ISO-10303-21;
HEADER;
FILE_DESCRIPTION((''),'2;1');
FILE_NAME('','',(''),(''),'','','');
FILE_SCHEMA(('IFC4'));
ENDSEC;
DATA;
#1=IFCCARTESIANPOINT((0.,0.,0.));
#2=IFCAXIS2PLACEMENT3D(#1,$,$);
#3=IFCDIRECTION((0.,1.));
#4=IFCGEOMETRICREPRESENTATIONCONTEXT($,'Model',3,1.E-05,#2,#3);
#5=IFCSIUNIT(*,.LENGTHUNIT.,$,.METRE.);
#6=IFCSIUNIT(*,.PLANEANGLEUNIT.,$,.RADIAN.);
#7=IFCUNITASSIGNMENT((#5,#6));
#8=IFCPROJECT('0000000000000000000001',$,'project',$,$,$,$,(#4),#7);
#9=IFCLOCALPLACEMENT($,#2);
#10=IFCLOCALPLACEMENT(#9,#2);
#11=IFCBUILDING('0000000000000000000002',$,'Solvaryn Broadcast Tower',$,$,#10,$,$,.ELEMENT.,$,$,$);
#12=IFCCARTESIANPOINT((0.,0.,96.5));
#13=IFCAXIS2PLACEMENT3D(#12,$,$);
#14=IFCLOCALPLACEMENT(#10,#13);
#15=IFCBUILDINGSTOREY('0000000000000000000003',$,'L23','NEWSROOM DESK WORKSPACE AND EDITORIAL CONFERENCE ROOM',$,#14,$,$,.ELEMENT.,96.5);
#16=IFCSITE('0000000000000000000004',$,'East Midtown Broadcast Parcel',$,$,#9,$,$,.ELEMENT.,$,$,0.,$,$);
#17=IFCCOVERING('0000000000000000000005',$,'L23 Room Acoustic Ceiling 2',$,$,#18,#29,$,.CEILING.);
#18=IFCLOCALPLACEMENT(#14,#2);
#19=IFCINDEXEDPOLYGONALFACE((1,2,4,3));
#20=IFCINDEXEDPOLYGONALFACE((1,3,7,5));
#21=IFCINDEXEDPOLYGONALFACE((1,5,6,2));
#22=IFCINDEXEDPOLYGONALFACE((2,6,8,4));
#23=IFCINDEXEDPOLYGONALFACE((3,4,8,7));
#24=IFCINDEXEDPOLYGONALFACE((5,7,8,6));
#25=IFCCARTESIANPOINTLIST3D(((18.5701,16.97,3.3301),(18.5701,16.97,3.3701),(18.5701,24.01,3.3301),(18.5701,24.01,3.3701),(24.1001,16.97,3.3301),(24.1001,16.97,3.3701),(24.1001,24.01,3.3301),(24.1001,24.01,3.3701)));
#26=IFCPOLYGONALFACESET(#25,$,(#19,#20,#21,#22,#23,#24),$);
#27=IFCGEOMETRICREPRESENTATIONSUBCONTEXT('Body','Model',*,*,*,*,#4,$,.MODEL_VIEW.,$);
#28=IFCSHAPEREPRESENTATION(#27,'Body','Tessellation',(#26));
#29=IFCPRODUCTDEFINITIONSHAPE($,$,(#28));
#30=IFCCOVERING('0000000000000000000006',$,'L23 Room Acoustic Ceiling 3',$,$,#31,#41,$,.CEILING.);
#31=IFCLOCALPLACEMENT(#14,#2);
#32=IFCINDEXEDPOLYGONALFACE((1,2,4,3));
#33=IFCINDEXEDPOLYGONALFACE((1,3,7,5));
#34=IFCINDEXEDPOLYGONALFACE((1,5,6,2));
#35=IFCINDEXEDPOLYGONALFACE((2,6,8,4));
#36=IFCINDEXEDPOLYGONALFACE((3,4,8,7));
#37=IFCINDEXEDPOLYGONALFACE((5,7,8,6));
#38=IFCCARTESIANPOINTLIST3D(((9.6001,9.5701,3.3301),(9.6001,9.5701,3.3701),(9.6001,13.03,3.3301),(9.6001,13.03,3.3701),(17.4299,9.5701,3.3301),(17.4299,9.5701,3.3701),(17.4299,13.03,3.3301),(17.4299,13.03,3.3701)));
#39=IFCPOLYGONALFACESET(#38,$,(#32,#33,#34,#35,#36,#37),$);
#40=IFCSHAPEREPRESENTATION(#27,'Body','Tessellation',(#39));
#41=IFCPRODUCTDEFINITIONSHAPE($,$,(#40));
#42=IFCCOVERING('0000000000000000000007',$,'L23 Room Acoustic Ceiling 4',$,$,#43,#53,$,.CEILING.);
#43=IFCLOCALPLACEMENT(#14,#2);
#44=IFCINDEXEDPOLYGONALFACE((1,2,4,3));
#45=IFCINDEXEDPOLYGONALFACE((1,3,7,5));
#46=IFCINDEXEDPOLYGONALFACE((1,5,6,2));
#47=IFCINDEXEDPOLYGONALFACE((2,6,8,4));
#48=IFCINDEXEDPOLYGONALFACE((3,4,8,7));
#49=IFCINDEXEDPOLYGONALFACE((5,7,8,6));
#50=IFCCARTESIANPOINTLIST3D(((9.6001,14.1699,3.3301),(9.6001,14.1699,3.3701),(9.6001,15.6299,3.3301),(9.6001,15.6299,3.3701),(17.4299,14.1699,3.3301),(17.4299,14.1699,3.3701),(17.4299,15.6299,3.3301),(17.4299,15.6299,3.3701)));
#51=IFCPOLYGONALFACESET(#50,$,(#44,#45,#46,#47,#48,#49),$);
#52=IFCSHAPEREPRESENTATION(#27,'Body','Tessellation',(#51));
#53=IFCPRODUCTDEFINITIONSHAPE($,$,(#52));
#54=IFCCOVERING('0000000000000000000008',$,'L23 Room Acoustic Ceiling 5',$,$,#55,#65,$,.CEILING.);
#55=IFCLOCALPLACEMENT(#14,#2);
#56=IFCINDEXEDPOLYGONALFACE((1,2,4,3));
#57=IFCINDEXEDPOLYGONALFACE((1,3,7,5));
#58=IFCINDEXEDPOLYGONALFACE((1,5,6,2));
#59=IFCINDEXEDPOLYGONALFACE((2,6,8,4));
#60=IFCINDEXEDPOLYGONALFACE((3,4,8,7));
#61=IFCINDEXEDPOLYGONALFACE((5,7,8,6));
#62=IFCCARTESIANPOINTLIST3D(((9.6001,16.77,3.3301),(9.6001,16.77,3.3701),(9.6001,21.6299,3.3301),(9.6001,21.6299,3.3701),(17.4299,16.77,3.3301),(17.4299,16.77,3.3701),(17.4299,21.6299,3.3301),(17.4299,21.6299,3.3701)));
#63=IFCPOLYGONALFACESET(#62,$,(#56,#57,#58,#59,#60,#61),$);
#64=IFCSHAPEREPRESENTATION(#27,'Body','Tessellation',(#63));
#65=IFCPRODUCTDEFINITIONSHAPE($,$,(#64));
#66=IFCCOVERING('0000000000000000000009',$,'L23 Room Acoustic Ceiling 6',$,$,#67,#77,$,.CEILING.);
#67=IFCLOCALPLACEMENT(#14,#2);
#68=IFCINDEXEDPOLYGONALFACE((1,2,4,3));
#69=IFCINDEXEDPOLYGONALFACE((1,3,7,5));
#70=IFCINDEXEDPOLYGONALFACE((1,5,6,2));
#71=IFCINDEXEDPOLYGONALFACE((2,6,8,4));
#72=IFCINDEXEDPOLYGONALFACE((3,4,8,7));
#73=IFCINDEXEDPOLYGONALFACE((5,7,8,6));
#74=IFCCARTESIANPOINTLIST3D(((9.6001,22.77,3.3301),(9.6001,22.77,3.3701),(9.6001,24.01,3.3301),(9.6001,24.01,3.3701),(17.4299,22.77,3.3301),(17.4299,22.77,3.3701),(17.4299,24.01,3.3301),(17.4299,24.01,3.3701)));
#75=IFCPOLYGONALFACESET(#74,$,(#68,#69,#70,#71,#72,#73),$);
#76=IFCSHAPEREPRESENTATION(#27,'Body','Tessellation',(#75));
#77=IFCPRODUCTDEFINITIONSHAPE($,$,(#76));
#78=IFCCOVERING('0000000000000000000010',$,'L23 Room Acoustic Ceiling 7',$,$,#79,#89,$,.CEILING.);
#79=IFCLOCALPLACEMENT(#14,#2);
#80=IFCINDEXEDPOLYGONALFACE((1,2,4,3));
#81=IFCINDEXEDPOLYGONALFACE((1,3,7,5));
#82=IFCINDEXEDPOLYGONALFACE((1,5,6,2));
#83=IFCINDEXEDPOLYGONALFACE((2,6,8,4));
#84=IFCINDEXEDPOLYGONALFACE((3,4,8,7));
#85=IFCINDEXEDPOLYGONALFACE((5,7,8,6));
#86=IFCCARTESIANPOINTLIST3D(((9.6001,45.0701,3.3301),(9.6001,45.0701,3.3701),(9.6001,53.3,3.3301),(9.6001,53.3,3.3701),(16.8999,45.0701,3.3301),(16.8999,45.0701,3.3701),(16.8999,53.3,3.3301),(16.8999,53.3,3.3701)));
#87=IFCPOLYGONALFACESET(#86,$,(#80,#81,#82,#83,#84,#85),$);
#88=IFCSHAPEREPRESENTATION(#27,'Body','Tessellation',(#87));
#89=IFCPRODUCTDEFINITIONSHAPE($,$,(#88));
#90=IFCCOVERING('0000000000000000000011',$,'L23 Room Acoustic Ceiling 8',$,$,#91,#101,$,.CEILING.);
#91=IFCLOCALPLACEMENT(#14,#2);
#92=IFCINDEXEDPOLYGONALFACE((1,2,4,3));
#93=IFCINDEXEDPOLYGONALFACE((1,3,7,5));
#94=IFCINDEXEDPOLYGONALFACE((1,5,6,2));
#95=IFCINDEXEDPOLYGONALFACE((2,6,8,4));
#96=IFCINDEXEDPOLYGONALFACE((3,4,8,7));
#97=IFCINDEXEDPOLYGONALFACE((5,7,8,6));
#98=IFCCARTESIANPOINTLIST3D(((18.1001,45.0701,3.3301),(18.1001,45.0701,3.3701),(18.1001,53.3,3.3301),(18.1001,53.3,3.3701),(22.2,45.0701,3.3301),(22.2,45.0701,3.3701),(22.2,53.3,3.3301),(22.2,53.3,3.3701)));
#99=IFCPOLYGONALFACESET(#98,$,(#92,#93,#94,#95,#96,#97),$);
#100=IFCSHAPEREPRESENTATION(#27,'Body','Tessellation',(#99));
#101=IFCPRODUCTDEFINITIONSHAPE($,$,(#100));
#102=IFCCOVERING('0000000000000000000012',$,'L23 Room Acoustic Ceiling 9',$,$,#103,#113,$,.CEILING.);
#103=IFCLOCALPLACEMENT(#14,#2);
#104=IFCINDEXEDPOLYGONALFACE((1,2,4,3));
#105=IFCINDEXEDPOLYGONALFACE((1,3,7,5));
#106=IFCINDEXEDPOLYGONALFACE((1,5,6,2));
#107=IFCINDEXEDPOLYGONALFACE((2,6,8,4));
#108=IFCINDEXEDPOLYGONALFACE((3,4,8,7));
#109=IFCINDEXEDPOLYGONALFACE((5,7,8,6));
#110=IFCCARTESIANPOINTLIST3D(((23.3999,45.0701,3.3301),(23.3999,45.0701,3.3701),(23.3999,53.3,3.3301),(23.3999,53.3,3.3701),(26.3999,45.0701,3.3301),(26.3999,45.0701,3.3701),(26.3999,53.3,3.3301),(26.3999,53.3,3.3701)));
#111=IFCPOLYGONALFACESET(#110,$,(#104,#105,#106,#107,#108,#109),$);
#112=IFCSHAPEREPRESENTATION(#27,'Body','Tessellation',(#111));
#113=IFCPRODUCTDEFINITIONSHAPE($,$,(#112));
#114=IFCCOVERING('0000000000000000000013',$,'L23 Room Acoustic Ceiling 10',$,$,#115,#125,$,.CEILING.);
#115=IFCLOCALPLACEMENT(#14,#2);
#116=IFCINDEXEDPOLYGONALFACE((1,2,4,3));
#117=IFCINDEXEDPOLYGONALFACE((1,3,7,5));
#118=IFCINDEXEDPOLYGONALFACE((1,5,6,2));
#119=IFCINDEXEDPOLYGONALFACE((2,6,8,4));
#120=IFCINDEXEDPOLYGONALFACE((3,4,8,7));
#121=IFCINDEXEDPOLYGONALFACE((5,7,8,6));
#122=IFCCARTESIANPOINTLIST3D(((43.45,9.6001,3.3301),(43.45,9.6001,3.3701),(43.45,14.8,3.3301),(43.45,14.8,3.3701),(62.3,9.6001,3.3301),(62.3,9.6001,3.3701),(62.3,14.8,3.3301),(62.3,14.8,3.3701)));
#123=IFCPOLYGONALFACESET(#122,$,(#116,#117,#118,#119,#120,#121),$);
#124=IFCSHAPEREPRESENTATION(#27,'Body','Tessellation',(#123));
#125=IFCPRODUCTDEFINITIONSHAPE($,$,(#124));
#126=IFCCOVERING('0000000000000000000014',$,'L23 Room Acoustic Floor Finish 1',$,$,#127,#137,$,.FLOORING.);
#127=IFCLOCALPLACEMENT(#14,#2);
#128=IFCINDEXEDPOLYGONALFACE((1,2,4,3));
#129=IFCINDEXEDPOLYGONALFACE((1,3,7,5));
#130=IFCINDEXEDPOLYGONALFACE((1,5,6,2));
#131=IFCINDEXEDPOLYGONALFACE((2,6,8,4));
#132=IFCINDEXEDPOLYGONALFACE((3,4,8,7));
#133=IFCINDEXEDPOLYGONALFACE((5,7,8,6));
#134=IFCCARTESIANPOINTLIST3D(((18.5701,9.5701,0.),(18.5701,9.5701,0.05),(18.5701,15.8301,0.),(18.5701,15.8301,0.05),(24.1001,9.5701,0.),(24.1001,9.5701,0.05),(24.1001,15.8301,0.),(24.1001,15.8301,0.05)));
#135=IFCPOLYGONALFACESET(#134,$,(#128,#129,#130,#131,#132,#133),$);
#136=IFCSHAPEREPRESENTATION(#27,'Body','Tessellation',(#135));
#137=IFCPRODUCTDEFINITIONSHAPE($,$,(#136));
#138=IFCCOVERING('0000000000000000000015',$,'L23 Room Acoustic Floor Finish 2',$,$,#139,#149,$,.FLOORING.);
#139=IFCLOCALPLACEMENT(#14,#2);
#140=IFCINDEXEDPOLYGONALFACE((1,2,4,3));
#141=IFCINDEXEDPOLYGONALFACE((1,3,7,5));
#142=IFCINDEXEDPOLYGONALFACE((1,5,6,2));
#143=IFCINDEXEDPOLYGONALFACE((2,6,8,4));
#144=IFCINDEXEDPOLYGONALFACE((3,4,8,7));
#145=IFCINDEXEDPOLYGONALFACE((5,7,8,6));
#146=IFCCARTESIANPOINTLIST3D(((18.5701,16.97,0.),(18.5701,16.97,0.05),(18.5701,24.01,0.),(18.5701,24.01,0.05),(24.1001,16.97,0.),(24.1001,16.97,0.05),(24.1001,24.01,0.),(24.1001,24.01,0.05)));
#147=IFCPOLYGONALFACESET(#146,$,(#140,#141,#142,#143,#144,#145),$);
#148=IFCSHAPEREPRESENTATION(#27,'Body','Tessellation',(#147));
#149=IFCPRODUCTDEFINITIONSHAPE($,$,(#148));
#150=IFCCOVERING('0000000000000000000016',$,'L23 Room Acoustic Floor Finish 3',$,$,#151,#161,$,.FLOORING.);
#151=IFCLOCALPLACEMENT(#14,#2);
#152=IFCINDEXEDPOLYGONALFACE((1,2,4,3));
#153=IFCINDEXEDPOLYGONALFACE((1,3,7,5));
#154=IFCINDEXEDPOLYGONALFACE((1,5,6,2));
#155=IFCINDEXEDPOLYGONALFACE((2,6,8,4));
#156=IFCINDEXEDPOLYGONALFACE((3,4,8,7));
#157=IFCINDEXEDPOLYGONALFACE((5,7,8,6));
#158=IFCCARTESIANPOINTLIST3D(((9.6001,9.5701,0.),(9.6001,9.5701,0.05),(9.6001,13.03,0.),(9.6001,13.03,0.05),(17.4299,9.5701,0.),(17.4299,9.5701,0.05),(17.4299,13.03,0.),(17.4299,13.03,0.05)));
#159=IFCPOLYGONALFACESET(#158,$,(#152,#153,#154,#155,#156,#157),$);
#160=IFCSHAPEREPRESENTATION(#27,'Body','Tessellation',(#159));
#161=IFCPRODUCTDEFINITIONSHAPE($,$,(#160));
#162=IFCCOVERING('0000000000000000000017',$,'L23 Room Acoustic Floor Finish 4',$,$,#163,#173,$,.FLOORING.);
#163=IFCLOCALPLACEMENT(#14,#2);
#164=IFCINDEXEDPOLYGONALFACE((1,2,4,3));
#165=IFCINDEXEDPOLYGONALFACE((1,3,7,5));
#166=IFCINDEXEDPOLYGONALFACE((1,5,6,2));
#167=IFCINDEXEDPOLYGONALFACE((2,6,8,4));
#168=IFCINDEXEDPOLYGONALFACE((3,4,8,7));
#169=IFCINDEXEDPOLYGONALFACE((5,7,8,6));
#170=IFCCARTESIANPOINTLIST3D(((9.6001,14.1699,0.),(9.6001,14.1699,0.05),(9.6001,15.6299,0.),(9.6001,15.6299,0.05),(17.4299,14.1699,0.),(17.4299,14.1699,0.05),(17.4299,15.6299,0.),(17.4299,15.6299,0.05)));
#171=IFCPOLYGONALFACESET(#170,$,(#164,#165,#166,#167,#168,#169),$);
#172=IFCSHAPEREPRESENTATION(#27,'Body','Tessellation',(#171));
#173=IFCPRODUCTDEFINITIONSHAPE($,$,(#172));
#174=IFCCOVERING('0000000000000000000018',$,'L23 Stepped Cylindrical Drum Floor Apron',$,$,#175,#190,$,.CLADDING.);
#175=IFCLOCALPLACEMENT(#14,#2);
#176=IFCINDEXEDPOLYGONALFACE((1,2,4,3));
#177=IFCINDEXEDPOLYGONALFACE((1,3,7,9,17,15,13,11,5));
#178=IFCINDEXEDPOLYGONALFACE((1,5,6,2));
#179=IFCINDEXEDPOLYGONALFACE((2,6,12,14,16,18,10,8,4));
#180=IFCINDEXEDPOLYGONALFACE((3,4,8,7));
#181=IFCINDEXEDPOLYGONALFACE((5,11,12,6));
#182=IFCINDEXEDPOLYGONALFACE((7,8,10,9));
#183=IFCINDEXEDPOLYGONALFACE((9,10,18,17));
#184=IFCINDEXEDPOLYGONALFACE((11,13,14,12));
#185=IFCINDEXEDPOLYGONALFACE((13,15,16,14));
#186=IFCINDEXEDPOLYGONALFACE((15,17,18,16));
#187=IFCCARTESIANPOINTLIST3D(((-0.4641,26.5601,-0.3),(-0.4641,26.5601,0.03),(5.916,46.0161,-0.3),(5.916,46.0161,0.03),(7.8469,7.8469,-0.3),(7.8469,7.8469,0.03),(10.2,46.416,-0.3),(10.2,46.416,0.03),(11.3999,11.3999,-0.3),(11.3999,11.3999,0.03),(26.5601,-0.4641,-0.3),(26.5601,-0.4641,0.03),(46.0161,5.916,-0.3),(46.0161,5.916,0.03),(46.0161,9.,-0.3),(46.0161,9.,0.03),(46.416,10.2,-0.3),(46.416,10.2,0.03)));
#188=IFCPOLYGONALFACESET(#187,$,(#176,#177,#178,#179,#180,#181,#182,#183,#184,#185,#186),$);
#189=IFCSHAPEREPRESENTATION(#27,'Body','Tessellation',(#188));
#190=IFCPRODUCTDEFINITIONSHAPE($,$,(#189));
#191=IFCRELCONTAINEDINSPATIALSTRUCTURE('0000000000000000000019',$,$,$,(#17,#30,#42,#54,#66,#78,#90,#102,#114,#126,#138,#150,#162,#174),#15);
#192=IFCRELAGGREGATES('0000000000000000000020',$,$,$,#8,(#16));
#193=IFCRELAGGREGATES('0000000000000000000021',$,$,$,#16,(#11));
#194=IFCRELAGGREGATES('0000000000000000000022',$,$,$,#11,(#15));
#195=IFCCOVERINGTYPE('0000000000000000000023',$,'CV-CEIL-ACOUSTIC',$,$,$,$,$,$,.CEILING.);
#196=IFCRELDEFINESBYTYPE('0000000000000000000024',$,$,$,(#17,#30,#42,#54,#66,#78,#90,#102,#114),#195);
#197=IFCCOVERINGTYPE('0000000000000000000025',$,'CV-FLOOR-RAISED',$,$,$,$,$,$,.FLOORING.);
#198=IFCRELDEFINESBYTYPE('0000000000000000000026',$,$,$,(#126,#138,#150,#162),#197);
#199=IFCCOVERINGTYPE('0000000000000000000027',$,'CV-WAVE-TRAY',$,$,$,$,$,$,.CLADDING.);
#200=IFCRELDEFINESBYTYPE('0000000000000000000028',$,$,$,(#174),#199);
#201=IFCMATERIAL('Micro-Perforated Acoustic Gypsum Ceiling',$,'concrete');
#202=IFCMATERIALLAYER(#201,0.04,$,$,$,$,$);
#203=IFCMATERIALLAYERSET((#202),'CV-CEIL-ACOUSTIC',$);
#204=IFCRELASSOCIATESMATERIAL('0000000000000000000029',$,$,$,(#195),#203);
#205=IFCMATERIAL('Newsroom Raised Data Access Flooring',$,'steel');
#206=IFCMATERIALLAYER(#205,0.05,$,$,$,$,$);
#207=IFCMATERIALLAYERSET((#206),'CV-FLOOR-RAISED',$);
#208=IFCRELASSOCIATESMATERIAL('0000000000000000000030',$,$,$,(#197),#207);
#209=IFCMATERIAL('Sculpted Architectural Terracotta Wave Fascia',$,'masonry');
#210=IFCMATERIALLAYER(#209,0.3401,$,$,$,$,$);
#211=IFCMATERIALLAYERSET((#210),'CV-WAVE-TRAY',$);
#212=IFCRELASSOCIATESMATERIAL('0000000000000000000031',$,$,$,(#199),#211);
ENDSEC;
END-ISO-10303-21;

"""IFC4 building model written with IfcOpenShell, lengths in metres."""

from ifc_helpers import new_model, si_unit, direction, frame, origin, place, context, subcontext, project, spatial, polyline, outline, extrude, material, layer, layer_set, type_object, element, save


model = new_model("IFC4")

# Units and contexts
model_context = context("Model", 3, precision=1e-05, world=origin(), true_north=direction((0.0, 1.0)))
body_context = subcontext(model_context, "Body", "Model", "MODEL_VIEW")
ifc_project = project(units=[si_unit("LENGTHUNIT", "METRE"), si_unit("PLANEANGLEUNIT", "RADIAN")], contexts=[model_context])

# Site, building, storey
site_placement = place(None, origin())
site = spatial("IfcSite", under=ifc_project, at=site_placement, Name="East Midtown Broadcast Parcel", CompositionType="ELEMENT", RefElevation=0.0)
building_placement = place(site_placement, origin())
building = spatial("IfcBuilding", under=site, at=building_placement, Name="Solvaryn Broadcast Tower", CompositionType="ELEMENT")
storey_placement = place(building_placement, frame((0.0, 0.0, 96.5)))
storey = spatial("IfcBuildingStorey", under=building, at=storey_placement, Name="L23", Description="NEWSROOM DESK WORKSPACE AND EDITORIAL CONFERENCE ROOM", CompositionType="ELEMENT", Elevation=96.5)

# Coverings
ifc_material_1 = material(Name="Micro-Perforated Acoustic Gypsum Ceiling", Category="concrete")
ifc_layer_1 = layer(ifc_material_1, 0.04)
ifc_layer_set_1 = layer_set([ifc_layer_1], Name="CV-CEIL-ACOUSTIC")
covering_type_1 = type_object("IfcCoveringType", Name="CV-CEIL-ACOUSTIC", PredefinedType="CEILING", material=ifc_layer_set_1)
covering_1_placement = place(storey_placement, frame((0.0, 0.0, 3.3301)))
element("IfcCovering", 1, at=covering_1_placement, inside=storey, type_object=covering_type_1, Name="L23 Room Acoustic Ceiling 2", PredefinedType="CEILING", context=body_context, shape_type="SweptSolid", body=[
    extrude(outline(polyline([(18.5701, 16.97), (24.1001, 16.97), (24.1001, 24.01), (18.5701, 24.01), (18.5701, 16.97)])), origin(), (0.0, 0.0, 1.0), 0.04),
])
covering_2_placement = place(storey_placement, frame((0.0, 0.0, 3.3301)))
element("IfcCovering", 2, at=covering_2_placement, inside=storey, type_object=covering_type_1, Name="L23 Room Acoustic Ceiling 3", PredefinedType="CEILING", context=body_context, shape_type="SweptSolid", body=[
    extrude(outline(polyline([(9.6001, 9.5701), (17.4299, 9.5701), (17.4299, 13.03), (9.6001, 13.03), (9.6001, 9.5701)])), origin(), (0.0, 0.0, 1.0), 0.04),
])
covering_3_placement = place(storey_placement, frame((0.0, 0.0, 3.3301)))
element("IfcCovering", 3, at=covering_3_placement, inside=storey, type_object=covering_type_1, Name="L23 Room Acoustic Ceiling 4", PredefinedType="CEILING", context=body_context, shape_type="SweptSolid", body=[
    extrude(outline(polyline([(9.6001, 14.1699), (17.4299, 14.1699), (17.4299, 15.6299), (9.6001, 15.6299), (9.6001, 14.1699)])), origin(), (0.0, 0.0, 1.0), 0.04),
])
covering_4_placement = place(storey_placement, frame((0.0, 0.0, 3.3301)))
element("IfcCovering", 4, at=covering_4_placement, inside=storey, type_object=covering_type_1, Name="L23 Room Acoustic Ceiling 5", PredefinedType="CEILING", context=body_context, shape_type="SweptSolid", body=[
    extrude(outline(polyline([(9.6001, 16.77), (17.4299, 16.77), (17.4299, 21.6299), (9.6001, 21.6299), (9.6001, 16.77)])), origin(), (0.0, 0.0, 1.0), 0.04),
])
covering_5_placement = place(storey_placement, frame((0.0, 0.0, 3.3301)))
element("IfcCovering", 5, at=covering_5_placement, inside=storey, type_object=covering_type_1, Name="L23 Room Acoustic Ceiling 6", PredefinedType="CEILING", context=body_context, shape_type="SweptSolid", body=[
    extrude(outline(polyline([(9.6001, 22.77), (17.4299, 22.77), (17.4299, 24.01), (9.6001, 24.01), (9.6001, 22.77)])), origin(), (0.0, 0.0, 1.0), 0.04),
])
covering_6_placement = place(storey_placement, frame((0.0, 0.0, 3.3301)))
element("IfcCovering", 6, at=covering_6_placement, inside=storey, type_object=covering_type_1, Name="L23 Room Acoustic Ceiling 7", PredefinedType="CEILING", context=body_context, shape_type="SweptSolid", body=[
    extrude(outline(polyline([(9.6001, 45.0701), (16.8999, 45.0701), (16.8999, 53.3), (9.6001, 53.3), (9.6001, 45.0701)])), origin(), (0.0, 0.0, 1.0), 0.04),
])
covering_7_placement = place(storey_placement, frame((0.0, 0.0, 3.3301)))
element("IfcCovering", 7, at=covering_7_placement, inside=storey, type_object=covering_type_1, Name="L23 Room Acoustic Ceiling 8", PredefinedType="CEILING", context=body_context, shape_type="SweptSolid", body=[
    extrude(outline(polyline([(18.1001, 45.0701), (22.2, 45.0701), (22.2, 53.3), (18.1001, 53.3), (18.1001, 45.0701)])), origin(), (0.0, 0.0, 1.0), 0.04),
])
covering_8_placement = place(storey_placement, frame((0.0, 0.0, 3.3301)))
element("IfcCovering", 8, at=covering_8_placement, inside=storey, type_object=covering_type_1, Name="L23 Room Acoustic Ceiling 9", PredefinedType="CEILING", context=body_context, shape_type="SweptSolid", body=[
    extrude(outline(polyline([(23.3999, 45.0701), (26.3999, 45.0701), (26.3999, 53.3), (23.3999, 53.3), (23.3999, 45.0701)])), origin(), (0.0, 0.0, 1.0), 0.04),
])
covering_9_placement = place(storey_placement, frame((0.0, 0.0, 3.3301)))
element("IfcCovering", 9, at=covering_9_placement, inside=storey, type_object=covering_type_1, Name="L23 Room Acoustic Ceiling 10", PredefinedType="CEILING", context=body_context, shape_type="SweptSolid", body=[
    extrude(outline(polyline([(43.45, 9.6001), (62.3, 9.6001), (62.3, 14.8), (43.45, 14.8), (43.45, 9.6001)])), origin(), (0.0, 0.0, 1.0), 0.04),
])
ifc_material_2 = material(Name="Newsroom Raised Data Access Flooring", Category="steel")
ifc_layer_2 = layer(ifc_material_2, 0.05)
ifc_layer_set_2 = layer_set([ifc_layer_2], Name="CV-FLOOR-RAISED")
covering_type_2 = type_object("IfcCoveringType", Name="CV-FLOOR-RAISED", PredefinedType="FLOORING", material=ifc_layer_set_2)
covering_10_placement = place(storey_placement, origin())
element("IfcCovering", 10, at=covering_10_placement, inside=storey, type_object=covering_type_2, Name="L23 Room Acoustic Floor Finish 1", PredefinedType="FLOORING", context=body_context, shape_type="SweptSolid", body=[
    extrude(outline(polyline([(18.5701, 9.5701), (24.1001, 9.5701), (24.1001, 15.8301), (18.5701, 15.8301), (18.5701, 9.5701)])), origin(), (0.0, 0.0, 1.0), 0.05),
])
covering_11_placement = place(storey_placement, origin())
element("IfcCovering", 11, at=covering_11_placement, inside=storey, type_object=covering_type_2, Name="L23 Room Acoustic Floor Finish 2", PredefinedType="FLOORING", context=body_context, shape_type="SweptSolid", body=[
    extrude(outline(polyline([(18.5701, 16.97), (24.1001, 16.97), (24.1001, 24.01), (18.5701, 24.01), (18.5701, 16.97)])), origin(), (0.0, 0.0, 1.0), 0.05),
])
covering_12_placement = place(storey_placement, origin())
element("IfcCovering", 12, at=covering_12_placement, inside=storey, type_object=covering_type_2, Name="L23 Room Acoustic Floor Finish 3", PredefinedType="FLOORING", context=body_context, shape_type="SweptSolid", body=[
    extrude(outline(polyline([(9.6001, 9.5701), (17.4299, 9.5701), (17.4299, 13.03), (9.6001, 13.03), (9.6001, 9.5701)])), origin(), (0.0, 0.0, 1.0), 0.05),
])
covering_13_placement = place(storey_placement, origin())
element("IfcCovering", 13, at=covering_13_placement, inside=storey, type_object=covering_type_2, Name="L23 Room Acoustic Floor Finish 4", PredefinedType="FLOORING", context=body_context, shape_type="SweptSolid", body=[
    extrude(outline(polyline([(9.6001, 14.1699), (17.4299, 14.1699), (17.4299, 15.6299), (9.6001, 15.6299), (9.6001, 14.1699)])), origin(), (0.0, 0.0, 1.0), 0.05),
])
ifc_material_3 = material(Name="Sculpted Architectural Terracotta Wave Fascia", Category="masonry")
ifc_layer_3 = layer(ifc_material_3, 0.3401)
ifc_layer_set_3 = layer_set([ifc_layer_3], Name="CV-WAVE-TRAY")
covering_type_3 = type_object("IfcCoveringType", Name="CV-WAVE-TRAY", PredefinedType="CLADDING", material=ifc_layer_set_3)
covering_14_placement = place(storey_placement, frame((0.0, 0.0, -0.3)))
element("IfcCovering", 14, at=covering_14_placement, inside=storey, type_object=covering_type_3, Name="L23 Stepped Cylindrical Drum Floor Apron", PredefinedType="CLADDING", context=body_context, shape_type="SweptSolid", body=[
    extrude(outline(polyline([(10.2, 46.416), (5.916, 46.0161), (-0.4641, 26.5601), (7.8469, 7.8469), (26.5601, -0.4641), (46.0161, 5.916), (46.0161, 9.0), (46.416, 10.2), (11.3999, 11.3999), (10.2, 46.416)])), origin(), (0.0, 0.0, 1.0), 0.3301),
])

save(model, "model.ifc")
